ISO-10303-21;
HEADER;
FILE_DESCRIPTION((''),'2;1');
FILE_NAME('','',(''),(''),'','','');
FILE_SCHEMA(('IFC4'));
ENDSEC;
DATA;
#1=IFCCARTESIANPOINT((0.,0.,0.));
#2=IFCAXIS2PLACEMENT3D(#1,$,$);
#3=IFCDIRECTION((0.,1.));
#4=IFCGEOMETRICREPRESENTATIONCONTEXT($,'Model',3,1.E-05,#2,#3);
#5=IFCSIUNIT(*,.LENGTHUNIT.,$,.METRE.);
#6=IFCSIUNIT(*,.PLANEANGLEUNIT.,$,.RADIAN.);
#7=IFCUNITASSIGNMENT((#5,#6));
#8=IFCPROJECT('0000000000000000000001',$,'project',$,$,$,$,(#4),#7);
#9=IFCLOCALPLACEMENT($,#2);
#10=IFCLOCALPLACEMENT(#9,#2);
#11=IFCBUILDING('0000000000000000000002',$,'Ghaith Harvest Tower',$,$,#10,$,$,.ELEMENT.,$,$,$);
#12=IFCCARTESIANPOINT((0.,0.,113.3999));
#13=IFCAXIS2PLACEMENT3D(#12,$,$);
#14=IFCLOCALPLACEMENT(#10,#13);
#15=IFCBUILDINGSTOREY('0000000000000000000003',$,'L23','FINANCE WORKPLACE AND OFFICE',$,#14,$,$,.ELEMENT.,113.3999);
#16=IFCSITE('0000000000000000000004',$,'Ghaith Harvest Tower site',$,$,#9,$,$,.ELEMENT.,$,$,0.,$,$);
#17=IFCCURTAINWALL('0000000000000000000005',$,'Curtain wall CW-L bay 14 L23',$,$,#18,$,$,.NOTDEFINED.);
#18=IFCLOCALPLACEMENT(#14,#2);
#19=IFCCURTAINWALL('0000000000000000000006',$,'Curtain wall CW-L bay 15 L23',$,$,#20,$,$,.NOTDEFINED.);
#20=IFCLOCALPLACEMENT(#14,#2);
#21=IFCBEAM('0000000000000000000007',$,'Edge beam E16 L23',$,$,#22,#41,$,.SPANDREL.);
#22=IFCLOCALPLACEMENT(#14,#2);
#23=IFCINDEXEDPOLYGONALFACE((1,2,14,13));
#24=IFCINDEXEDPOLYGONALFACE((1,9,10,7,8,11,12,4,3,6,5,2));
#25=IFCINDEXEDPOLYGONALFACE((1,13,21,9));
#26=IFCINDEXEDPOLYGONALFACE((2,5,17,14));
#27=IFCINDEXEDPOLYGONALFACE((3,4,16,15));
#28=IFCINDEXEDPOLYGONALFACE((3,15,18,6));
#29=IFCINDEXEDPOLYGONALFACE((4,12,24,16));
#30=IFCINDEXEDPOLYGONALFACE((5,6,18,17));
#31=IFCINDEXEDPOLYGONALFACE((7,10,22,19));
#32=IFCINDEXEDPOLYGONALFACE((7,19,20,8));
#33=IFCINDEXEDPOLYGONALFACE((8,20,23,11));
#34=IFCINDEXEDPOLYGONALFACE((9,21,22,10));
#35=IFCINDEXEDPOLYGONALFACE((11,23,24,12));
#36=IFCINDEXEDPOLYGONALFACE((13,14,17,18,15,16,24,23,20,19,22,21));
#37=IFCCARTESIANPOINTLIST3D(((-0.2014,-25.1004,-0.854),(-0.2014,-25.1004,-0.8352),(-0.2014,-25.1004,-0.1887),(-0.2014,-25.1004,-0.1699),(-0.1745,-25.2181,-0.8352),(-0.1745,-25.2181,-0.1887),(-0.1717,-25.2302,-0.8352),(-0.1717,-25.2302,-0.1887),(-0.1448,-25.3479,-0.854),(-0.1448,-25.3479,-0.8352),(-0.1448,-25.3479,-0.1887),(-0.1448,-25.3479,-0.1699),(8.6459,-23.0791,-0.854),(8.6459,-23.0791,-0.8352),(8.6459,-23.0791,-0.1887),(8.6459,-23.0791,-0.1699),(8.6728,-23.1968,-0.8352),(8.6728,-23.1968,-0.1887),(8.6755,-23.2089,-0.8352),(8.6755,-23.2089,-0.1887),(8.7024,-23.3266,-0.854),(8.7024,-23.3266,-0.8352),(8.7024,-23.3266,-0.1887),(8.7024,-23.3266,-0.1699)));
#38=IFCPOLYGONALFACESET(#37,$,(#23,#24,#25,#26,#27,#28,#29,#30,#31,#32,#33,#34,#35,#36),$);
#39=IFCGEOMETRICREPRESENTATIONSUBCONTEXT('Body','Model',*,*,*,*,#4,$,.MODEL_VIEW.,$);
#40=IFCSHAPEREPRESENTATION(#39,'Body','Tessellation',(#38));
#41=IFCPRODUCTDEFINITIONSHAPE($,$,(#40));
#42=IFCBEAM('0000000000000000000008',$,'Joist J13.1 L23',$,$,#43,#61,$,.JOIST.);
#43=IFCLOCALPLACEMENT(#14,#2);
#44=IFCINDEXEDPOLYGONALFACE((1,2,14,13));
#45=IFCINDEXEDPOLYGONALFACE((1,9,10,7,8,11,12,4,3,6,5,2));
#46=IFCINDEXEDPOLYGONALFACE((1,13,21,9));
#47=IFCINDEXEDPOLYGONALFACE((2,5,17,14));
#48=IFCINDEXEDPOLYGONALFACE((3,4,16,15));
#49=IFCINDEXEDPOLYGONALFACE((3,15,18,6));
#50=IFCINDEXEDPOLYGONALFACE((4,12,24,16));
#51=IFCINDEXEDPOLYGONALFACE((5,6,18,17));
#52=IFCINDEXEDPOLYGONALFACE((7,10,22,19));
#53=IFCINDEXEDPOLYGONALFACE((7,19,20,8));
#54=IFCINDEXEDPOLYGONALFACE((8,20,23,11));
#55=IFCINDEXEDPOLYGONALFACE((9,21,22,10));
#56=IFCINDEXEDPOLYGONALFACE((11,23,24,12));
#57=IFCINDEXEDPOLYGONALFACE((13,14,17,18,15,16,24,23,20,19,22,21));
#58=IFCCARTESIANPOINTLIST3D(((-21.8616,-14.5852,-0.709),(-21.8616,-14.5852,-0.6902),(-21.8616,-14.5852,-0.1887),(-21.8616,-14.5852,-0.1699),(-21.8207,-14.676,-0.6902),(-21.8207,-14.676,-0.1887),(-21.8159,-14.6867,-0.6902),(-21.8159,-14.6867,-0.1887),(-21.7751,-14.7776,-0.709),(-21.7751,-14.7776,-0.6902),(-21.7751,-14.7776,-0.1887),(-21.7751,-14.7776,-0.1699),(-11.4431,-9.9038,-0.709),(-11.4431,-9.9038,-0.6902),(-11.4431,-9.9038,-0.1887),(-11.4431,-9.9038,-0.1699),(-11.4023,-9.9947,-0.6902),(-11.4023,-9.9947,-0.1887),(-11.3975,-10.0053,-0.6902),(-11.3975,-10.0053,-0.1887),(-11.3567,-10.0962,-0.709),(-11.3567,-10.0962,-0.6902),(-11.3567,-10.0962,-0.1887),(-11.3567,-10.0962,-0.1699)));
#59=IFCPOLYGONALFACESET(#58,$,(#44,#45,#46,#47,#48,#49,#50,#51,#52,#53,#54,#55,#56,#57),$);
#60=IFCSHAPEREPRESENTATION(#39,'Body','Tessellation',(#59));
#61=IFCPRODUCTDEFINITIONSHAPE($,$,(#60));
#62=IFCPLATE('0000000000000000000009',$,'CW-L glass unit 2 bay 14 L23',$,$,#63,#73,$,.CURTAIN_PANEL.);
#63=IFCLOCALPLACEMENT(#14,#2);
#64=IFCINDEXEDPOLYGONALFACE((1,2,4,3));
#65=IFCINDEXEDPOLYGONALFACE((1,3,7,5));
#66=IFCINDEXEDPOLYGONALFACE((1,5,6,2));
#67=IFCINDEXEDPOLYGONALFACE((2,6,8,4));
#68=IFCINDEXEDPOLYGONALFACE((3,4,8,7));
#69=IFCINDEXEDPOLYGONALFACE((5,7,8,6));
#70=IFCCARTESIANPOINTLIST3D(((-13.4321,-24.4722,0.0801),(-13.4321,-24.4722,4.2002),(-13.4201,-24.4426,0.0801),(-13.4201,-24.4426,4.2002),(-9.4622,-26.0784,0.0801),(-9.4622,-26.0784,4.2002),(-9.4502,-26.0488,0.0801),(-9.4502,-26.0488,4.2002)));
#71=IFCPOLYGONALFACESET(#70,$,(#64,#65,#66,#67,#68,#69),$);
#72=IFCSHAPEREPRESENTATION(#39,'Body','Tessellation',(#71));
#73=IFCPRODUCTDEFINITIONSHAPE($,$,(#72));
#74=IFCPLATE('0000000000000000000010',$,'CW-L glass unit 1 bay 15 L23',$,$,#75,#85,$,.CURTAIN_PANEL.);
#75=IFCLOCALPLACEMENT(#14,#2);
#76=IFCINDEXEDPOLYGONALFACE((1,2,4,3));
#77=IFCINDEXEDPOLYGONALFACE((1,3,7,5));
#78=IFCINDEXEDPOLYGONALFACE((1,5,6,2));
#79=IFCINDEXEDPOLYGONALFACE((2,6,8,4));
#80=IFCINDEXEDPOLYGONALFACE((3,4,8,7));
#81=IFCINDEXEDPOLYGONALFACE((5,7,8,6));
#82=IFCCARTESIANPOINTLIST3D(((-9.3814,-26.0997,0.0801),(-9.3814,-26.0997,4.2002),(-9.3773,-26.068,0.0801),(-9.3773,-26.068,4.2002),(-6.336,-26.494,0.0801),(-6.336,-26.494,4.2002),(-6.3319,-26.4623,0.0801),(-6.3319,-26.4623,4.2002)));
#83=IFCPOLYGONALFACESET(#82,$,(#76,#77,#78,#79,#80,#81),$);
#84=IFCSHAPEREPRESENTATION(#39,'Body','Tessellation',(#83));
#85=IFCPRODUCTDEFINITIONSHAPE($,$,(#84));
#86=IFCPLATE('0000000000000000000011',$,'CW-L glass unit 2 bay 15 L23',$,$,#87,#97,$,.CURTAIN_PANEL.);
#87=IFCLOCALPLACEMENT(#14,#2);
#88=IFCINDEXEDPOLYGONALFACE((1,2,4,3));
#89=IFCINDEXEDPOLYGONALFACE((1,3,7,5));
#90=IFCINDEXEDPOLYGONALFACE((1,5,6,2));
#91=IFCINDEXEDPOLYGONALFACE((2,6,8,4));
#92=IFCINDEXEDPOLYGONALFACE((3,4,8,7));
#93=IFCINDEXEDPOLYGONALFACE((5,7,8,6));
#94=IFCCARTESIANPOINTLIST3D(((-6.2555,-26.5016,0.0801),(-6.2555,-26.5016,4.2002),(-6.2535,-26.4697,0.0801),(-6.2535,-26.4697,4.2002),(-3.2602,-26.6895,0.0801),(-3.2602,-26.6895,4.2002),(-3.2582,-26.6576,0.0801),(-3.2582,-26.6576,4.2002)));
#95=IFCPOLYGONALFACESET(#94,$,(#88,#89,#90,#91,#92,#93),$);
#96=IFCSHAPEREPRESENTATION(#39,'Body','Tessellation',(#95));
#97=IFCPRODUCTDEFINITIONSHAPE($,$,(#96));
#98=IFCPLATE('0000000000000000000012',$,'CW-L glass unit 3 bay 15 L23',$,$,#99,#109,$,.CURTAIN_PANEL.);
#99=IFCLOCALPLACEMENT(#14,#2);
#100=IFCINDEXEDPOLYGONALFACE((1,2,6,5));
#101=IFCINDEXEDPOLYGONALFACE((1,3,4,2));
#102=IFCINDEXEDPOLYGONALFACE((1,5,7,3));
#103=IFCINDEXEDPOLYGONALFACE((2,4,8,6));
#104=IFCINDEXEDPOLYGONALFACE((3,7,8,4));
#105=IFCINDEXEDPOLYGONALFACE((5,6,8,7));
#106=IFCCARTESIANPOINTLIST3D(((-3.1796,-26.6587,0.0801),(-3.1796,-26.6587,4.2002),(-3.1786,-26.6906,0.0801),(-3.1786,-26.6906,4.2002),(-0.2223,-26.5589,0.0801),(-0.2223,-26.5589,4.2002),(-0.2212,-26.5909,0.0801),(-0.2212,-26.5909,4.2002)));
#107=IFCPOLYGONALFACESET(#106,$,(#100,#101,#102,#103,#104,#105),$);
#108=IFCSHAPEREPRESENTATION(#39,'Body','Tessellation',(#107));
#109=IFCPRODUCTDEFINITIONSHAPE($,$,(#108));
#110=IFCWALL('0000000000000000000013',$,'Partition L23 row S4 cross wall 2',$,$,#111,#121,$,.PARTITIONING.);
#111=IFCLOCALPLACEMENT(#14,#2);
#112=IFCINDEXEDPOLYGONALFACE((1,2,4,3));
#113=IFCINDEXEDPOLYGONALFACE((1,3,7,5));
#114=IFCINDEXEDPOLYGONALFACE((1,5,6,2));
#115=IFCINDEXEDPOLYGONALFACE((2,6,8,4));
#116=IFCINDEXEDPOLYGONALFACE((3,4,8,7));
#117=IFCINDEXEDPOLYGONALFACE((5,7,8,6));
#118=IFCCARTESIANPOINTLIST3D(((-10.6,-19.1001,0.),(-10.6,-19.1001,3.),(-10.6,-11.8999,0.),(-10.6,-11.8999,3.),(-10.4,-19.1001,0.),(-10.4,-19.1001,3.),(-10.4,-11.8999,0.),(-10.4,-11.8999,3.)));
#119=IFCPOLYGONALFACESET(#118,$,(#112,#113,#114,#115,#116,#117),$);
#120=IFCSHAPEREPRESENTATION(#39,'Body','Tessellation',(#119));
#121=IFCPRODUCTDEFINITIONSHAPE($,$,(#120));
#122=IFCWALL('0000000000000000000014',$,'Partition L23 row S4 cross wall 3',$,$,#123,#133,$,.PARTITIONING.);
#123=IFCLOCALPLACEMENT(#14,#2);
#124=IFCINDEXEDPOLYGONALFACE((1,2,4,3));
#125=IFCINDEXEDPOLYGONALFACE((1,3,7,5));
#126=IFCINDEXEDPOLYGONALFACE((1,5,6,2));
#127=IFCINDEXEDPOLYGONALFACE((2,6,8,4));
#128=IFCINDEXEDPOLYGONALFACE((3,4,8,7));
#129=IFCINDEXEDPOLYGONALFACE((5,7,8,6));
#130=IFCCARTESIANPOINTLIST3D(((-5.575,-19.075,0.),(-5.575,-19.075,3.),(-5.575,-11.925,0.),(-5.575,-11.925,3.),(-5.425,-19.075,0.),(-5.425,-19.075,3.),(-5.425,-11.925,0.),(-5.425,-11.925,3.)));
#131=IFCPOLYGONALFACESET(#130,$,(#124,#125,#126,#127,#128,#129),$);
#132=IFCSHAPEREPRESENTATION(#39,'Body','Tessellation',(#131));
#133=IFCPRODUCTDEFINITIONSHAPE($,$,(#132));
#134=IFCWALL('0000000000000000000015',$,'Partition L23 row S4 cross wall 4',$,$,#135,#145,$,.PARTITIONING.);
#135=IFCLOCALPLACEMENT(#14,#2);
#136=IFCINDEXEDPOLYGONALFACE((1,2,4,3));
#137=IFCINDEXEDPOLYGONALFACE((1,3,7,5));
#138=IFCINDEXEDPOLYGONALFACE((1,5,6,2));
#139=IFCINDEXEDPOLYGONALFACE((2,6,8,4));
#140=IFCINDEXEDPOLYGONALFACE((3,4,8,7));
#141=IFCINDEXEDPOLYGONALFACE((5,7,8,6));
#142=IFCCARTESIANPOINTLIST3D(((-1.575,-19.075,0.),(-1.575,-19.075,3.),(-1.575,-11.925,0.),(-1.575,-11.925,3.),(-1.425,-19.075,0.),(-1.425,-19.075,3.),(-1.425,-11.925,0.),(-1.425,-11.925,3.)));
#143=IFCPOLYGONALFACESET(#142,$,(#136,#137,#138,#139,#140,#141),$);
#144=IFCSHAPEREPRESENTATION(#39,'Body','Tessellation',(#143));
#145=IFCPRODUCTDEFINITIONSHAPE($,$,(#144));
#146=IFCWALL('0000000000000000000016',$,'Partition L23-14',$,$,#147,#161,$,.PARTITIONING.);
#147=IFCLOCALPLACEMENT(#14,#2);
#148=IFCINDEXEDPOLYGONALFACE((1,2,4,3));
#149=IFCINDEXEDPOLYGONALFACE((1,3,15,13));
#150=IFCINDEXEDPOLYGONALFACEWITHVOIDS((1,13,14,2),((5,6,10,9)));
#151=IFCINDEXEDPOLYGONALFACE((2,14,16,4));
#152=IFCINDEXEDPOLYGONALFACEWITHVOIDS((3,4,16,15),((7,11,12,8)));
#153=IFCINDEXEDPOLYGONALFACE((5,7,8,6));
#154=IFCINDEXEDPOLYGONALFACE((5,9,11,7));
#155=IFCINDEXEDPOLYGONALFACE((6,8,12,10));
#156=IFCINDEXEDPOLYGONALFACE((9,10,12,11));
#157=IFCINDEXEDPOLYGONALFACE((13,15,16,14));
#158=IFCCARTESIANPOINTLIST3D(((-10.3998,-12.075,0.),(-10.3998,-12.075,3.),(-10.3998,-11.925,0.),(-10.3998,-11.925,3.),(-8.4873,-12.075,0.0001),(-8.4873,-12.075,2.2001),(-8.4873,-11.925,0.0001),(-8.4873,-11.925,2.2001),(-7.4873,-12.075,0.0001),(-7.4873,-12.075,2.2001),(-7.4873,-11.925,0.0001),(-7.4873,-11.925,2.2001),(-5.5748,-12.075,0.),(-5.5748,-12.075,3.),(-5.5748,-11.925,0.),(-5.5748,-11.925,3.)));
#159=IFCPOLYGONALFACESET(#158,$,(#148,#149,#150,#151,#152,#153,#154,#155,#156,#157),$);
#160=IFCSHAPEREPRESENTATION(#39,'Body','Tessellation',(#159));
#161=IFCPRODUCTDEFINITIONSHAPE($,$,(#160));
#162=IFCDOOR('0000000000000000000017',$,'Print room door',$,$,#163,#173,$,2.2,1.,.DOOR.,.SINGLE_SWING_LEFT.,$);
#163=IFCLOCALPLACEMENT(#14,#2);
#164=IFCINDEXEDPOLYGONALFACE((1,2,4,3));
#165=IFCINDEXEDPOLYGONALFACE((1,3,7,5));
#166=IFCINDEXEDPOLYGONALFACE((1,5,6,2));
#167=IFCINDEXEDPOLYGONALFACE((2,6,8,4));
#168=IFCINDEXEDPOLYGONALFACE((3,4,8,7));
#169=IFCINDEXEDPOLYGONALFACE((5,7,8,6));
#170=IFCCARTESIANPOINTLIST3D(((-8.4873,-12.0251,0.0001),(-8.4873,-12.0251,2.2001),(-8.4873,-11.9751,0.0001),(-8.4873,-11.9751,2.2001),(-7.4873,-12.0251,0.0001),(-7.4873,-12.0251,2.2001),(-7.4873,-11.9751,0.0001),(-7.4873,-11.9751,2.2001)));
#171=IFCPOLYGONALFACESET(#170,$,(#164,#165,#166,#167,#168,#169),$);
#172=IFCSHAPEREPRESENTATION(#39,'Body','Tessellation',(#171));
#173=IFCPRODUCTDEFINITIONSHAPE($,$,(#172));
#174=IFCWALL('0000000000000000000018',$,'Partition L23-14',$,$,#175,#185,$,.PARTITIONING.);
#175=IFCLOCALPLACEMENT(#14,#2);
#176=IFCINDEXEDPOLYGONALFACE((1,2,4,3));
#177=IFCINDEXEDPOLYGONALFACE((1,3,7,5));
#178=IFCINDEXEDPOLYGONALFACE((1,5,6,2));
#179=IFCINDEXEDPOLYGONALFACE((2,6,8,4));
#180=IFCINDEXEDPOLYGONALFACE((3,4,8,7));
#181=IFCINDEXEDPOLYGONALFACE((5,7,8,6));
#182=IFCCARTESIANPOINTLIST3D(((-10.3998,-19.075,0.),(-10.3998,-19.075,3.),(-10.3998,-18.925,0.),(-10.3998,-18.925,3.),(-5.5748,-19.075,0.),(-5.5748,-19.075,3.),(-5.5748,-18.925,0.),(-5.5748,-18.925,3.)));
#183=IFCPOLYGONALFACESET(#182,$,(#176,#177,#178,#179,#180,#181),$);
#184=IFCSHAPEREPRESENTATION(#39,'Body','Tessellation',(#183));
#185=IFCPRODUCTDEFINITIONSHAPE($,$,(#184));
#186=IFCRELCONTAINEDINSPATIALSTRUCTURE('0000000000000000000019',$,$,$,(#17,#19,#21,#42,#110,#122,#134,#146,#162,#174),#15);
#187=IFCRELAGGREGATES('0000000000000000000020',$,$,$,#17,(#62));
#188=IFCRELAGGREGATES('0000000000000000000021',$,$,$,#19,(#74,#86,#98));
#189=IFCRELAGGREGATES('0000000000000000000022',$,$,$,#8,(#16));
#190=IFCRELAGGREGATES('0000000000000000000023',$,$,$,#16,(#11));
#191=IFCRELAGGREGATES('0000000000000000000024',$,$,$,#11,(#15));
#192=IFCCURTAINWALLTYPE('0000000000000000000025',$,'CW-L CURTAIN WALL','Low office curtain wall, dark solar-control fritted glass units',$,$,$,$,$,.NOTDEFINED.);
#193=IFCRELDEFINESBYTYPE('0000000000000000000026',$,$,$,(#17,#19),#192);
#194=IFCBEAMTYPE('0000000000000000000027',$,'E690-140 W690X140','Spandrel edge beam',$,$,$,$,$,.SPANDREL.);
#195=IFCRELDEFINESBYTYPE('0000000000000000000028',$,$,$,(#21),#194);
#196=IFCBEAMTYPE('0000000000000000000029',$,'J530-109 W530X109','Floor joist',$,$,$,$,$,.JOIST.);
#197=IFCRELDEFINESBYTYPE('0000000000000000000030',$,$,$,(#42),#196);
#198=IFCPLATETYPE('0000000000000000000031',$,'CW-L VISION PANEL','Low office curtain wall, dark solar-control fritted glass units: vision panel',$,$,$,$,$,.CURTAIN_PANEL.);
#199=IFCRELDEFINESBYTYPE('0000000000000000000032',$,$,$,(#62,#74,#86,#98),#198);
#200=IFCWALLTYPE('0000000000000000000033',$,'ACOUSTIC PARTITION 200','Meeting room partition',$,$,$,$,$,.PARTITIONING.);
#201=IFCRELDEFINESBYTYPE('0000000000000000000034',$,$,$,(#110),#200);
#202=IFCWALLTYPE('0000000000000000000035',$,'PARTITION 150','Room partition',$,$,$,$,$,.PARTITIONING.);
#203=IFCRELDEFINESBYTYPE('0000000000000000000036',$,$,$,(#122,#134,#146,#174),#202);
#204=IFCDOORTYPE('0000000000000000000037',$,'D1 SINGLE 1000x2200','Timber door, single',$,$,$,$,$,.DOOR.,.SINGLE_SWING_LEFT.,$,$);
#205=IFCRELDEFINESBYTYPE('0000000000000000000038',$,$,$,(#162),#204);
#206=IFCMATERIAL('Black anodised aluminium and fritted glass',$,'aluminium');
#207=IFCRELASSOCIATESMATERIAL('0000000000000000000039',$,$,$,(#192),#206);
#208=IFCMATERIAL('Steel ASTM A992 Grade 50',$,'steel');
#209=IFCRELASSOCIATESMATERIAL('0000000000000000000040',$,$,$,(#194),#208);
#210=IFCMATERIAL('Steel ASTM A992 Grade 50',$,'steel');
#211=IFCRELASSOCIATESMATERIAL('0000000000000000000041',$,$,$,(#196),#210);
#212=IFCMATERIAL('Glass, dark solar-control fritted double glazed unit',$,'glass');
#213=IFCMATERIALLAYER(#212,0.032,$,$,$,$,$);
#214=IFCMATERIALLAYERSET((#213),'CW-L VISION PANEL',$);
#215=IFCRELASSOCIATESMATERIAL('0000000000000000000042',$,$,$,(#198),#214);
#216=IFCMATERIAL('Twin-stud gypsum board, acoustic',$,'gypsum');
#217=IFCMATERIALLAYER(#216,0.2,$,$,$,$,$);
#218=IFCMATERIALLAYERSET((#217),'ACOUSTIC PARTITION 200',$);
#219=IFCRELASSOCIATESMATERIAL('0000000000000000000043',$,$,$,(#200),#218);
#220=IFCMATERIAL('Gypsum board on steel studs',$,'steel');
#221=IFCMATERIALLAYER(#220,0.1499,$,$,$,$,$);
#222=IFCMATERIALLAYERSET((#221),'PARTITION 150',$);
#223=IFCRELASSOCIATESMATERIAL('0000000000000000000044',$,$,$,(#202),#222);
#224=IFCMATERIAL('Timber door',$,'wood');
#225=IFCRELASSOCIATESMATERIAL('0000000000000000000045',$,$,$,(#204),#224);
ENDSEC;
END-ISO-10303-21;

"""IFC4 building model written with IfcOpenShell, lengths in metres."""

from ifc_helpers import new_model, si_unit, direction, frame, frame_2d, origin, origin_2d, place, context, subcontext, project, spatial, rectangle, i_section, extrude, material, layer, layer_set, material_profile, profile_set, type_object, element, fill, aggregate, save


model = new_model("IFC4")

# Units and contexts
model_context = context("Model", 3, precision=1e-05, world=origin(), true_north=direction((0.0, 1.0)))
body_context = subcontext(model_context, "Body", "Model", "MODEL_VIEW")
ifc_project = project(units=[si_unit("LENGTHUNIT", "METRE"), si_unit("PLANEANGLEUNIT", "RADIAN")], contexts=[model_context])

# Site, building, storey
site_placement = place(None, origin())
site = spatial("IfcSite", under=ifc_project, at=site_placement, Name="Ghaith Harvest Tower site", CompositionType="ELEMENT", RefElevation=0.0)
building_placement = place(site_placement, origin())
building = spatial("IfcBuilding", under=site, at=building_placement, Name="Ghaith Harvest Tower", CompositionType="ELEMENT")
storey_placement = place(building_placement, frame((0.0, 0.0, 113.3999)))
storey = spatial("IfcBuildingStorey", under=building, at=storey_placement, Name="L23", Description="FINANCE WORKPLACE AND OFFICE", CompositionType="ELEMENT", Elevation=113.3999)

# Curtain wall
ifc_material_1 = material(Name="Black anodised aluminium and fritted glass", Category="aluminium")
curtain_wall_type = type_object("IfcCurtainWallType", Name="CW-L CURTAIN WALL", Description="Low office curtain wall, dark solar-control fritted glass units", PredefinedType="NOTDEFINED", material=ifc_material_1)
curtain_wall_1_placement = place(storey_placement, origin())
curtain_wall_1 = element("IfcCurtainWall", 1, at=curtain_wall_1_placement, inside=storey, type_object=curtain_wall_type, Name="Curtain wall CW-L bay 14 L23", PredefinedType="NOTDEFINED")

# Curtain wall
curtain_wall_2_placement = place(storey_placement, origin())
curtain_wall_2 = element("IfcCurtainWall", 2, at=curtain_wall_2_placement, inside=storey, type_object=curtain_wall_type, Name="Curtain wall CW-L bay 15 L23", PredefinedType="NOTDEFINED")

# Beams
ifc_material_2 = material(Name="Steel ASTM A992 Grade 50", Category="steel")
ifc_material_profile_1 = material_profile(ifc_material_2, i_section(OverallWidth=0.2539, OverallDepth=0.6841, WebThickness=0.0125, FlangeThickness=0.0188, at=origin_2d()), Name="W690X140")
ifc_profile_set_1 = profile_set([ifc_material_profile_1], Name="Steel ASTM A992 Grade 50")
beam_type_1 = type_object("IfcBeamType", Name="E690-140 W690X140", Description="Spandrel edge beam", PredefinedType="SPANDREL", material=ifc_profile_set_1)
beam_1_placement = place(storey_placement, frame((-0.1731, -25.2241, -0.512), z_axis=(0.974882, 0.222723, 0.0), x_axis=(-0.222723, 0.974882, 0.0)))
element("IfcBeam", 3, at=beam_1_placement, inside=storey, type_object=beam_type_1, Name="Edge beam E16 L23", PredefinedType="SPANDREL", context=body_context, shape_type="SweptSolid", body=[
    extrude(i_section(OverallWidth=0.2539, OverallDepth=0.6841, WebThickness=0.0125, FlangeThickness=0.0188, at=origin_2d()), origin(), (0.0, 0.0, 1.0), 9.0752),
])
ifc_material_3 = material(Name="Steel ASTM A992 Grade 50", Category="steel")
ifc_material_profile_2 = material_profile(ifc_material_3, i_section(OverallWidth=0.2109, OverallDepth=0.5391, WebThickness=0.0117, FlangeThickness=0.0188, at=origin_2d()), Name="W530X109")
ifc_profile_set_2 = profile_set([ifc_material_profile_2], Name="Steel ASTM A992 Grade 50")
beam_type_2 = type_object("IfcBeamType", Name="J530-109 W530X109", Description="Floor joist", PredefinedType="JOIST", material=ifc_profile_set_2)
beam_2_placement = place(storey_placement, frame((-11.3999, -10.0, -0.4395), z_axis=(-0.912148, -0.409862, 0.0), x_axis=(0.409862, -0.912148, 0.0)))
element("IfcBeam", 4, at=beam_2_placement, inside=storey, type_object=beam_type_2, Name="Joist J13.1 L23", PredefinedType="JOIST", context=body_context, shape_type="SweptSolid", body=[
    extrude(i_section(OverallWidth=0.2109, OverallDepth=0.5391, WebThickness=0.0117, FlangeThickness=0.0188, at=origin_2d()), origin(), (0.0, 0.0, 1.0), 11.4219),
])

# Plates
ifc_material_4 = material(Name="Glass, dark solar-control fritted double glazed unit", Category="glass")
ifc_layer_1 = layer(ifc_material_4, 0.032)
ifc_layer_set_1 = layer_set([ifc_layer_1], Name="CW-L VISION PANEL")
plate_type = type_object("IfcPlateType", Name="CW-L VISION PANEL", Description="Low office curtain wall, dark solar-control fritted glass units: vision panel", PredefinedType="CURTAIN_PANEL", material=ifc_layer_set_1)
plate_1_placement = place(storey_placement, frame((-11.4412, -25.2605, 0.0801), z_axis=(0.0, 0.0, 1.0), x_axis=(0.927003, -0.375055, 0.0)))
plate_1 = element("IfcPlate", 5, at=plate_1_placement, type_object=plate_type, Name="CW-L glass unit 2 bay 14 L23", PredefinedType="CURTAIN_PANEL", context=body_context, shape_type="SweptSolid", body=[
    extrude(rectangle(XDim=4.2825, YDim=0.032, at=origin_2d()), origin(), (0.0, 0.0, 1.0), 4.1201),
])
aggregate(curtain_wall_1, [plate_1])
plate_2_placement = place(storey_placement, frame((-7.8567, -26.281, 0.0801), z_axis=(0.0, 0.0, 1.0), x_axis=(0.991723, -0.128392, 0.0)))
plate_2 = element("IfcPlate", 6, at=plate_2_placement, type_object=plate_type, Name="CW-L glass unit 1 bay 15 L23", PredefinedType="CURTAIN_PANEL", context=body_context, shape_type="SweptSolid", body=[
    extrude(rectangle(XDim=3.0708, YDim=0.032, at=origin_2d()), origin(), (0.0, 0.0, 1.0), 4.1201),
])
plate_3_placement = place(storey_placement, frame((-4.7568, -26.5796, 0.0801), z_axis=(0.0, 0.0, 1.0), x_axis=(0.998038, -0.062607, 0.0)))
plate_3 = element("IfcPlate", 7, at=plate_3_placement, type_object=plate_type, Name="CW-L glass unit 2 bay 15 L23", PredefinedType="CURTAIN_PANEL", context=body_context, shape_type="SweptSolid", body=[
    extrude(rectangle(XDim=3.0012, YDim=0.032, at=origin_2d()), origin(), (0.0, 0.0, 1.0), 4.1201),
])
plate_4_placement = place(storey_placement, frame((-1.7004, -26.6248, 0.0801), z_axis=(0.0, 0.0, 1.0), x_axis=(0.999432, 0.033714, 0.0)))
plate_4 = element("IfcPlate", 8, at=plate_4_placement, type_object=plate_type, Name="CW-L glass unit 3 bay 15 L23", PredefinedType="CURTAIN_PANEL", context=body_context, shape_type="SweptSolid", body=[
    extrude(rectangle(XDim=2.959, YDim=0.032, at=origin_2d()), origin(), (0.0, 0.0, 1.0), 4.1201),
])
aggregate(curtain_wall_2, [plate_2, plate_3, plate_4])

# Walls
ifc_material_5 = material(Name="Twin-stud gypsum board, acoustic", Category="gypsum")
ifc_layer_2 = layer(ifc_material_5, 0.2)
ifc_layer_set_2 = layer_set([ifc_layer_2], Name="ACOUSTIC PARTITION 200")
wall_type_1 = type_object("IfcWallType", Name="ACOUSTIC PARTITION 200", Description="Meeting room partition", PredefinedType="PARTITIONING", material=ifc_layer_set_2)
wall_1_placement = place(storey_placement, frame((-10.5, -11.8999, 0.0), z_axis=(0.0, 0.0, 1.0), x_axis=(0.0, -1.0, 0.0)))
element("IfcWall", 9, at=wall_1_placement, inside=storey, type_object=wall_type_1, Name="Partition L23 row S4 cross wall 2", PredefinedType="PARTITIONING", context=body_context, shape_type="SweptSolid", body=[
    extrude(rectangle(XDim=7.2002, YDim=0.2, at=frame_2d((3.6001, 0.0))), origin(), (0.0, 0.0, 1.0), 3.0),
])
ifc_material_6 = material(Name="Gypsum board on steel studs", Category="steel")
ifc_layer_3 = layer(ifc_material_6, 0.1499)
ifc_layer_set_3 = layer_set([ifc_layer_3], Name="PARTITION 150")
wall_type_2 = type_object("IfcWallType", Name="PARTITION 150", Description="Room partition", PredefinedType="PARTITIONING", material=ifc_layer_set_3)
for number, where, z_axis, x_axis, name in (
    (10, (-5.5, -11.925, 0.0), (0.0, 0.0, 1.0), (0.0, -1.0, 0.0), "Partition L23 row S4 cross wall 3"),
    (11, (-1.5, -11.925, 0.0), (0.0, 0.0, 1.0), (0.0, -1.0, 0.0), "Partition L23 row S4 cross wall 4"),
):
    element("IfcWall", number, at=place(storey_placement, frame(where, z_axis=z_axis, x_axis=x_axis)), inside=storey, type_object=wall_type_2, Name=name, PredefinedType="PARTITIONING", context=body_context, shape_type="SweptSolid", body=[
        extrude(rectangle(XDim=7.1499, YDim=0.1499, at=frame_2d((3.575, 0.0))), origin(), (0.0, 0.0, 1.0), 3.0),
    ])

# Wall, opening, door
wall_2_placement = place(storey_placement, frame((-10.3999, -12.0, 0.0), z_axis=(0.0, 0.0, 1.0), x_axis=(1.0, 0.0, 0.0)))
wall_2 = element("IfcWall", 12, at=wall_2_placement, inside=storey, type_object=wall_type_2, Name="Partition L23-14", PredefinedType="PARTITIONING", context=body_context, shape_type="SweptSolid", body=[
    extrude(rectangle(XDim=4.825, YDim=0.1499, at=frame_2d((2.4126, 0.0))), origin(), (0.0, 0.0, 1.0), 3.0),
])
opening_1_placement = place(wall_2_placement, frame((1.9126, 0.0, 0.0)))
opening_1 = element("IfcOpeningElement", 13, at=opening_1_placement, cuts=wall_2, PredefinedType="OPENING", context=body_context, shape_type="SweptSolid", body=[
    extrude(rectangle(XDim=1.0, YDim=2.2, at=frame_2d((0.5, 1.1001))), frame((0.0, 0.085, 0.0), z_axis=(0.0, -1.0, 0.0), x_axis=(1.0, 0.0, 0.0)), (0.0, 0.0, 1.0), 0.1699),
])
ifc_material_7 = material(Name="Timber door", Category="wood")
door_type = type_object("IfcDoorType", Name="D1 SINGLE 1000x2200", Description="Timber door, single", OperationType="SINGLE_SWING_LEFT", PredefinedType="DOOR", material=ifc_material_7)
door_1_placement = place(opening_1_placement, origin())
door_1 = element("IfcDoor", 14, at=door_1_placement, inside=storey, type_object=door_type, Name="Print room door", OperationType="SINGLE_SWING_LEFT", OverallHeight=2.2, OverallWidth=1.0, PredefinedType="DOOR", context=body_context, shape_type="SweptSolid", body=[
    extrude(rectangle(XDim=1.0, YDim=2.2, at=frame_2d((0.5, 1.1001))), frame((0.0, 0.0249, 0.0), z_axis=(0.0, -1.0, 0.0), x_axis=(1.0, 0.0, 0.0)), (0.0, 0.0, 1.0), 0.05),
])
fill(opening_1, door_1)

# Wall
wall_3_placement = place(storey_placement, frame((-10.3999, -19.0, 0.0), z_axis=(0.0, 0.0, 1.0), x_axis=(1.0, 0.0, 0.0)))
element("IfcWall", 15, at=wall_3_placement, inside=storey, type_object=wall_type_2, Name="Partition L23-14", PredefinedType="PARTITIONING", context=body_context, shape_type="SweptSolid", body=[
    extrude(rectangle(XDim=4.825, YDim=0.1499, at=frame_2d((2.4126, 0.0))), origin(), (0.0, 0.0, 1.0), 3.0),
])

save(model, "model.ifc")
